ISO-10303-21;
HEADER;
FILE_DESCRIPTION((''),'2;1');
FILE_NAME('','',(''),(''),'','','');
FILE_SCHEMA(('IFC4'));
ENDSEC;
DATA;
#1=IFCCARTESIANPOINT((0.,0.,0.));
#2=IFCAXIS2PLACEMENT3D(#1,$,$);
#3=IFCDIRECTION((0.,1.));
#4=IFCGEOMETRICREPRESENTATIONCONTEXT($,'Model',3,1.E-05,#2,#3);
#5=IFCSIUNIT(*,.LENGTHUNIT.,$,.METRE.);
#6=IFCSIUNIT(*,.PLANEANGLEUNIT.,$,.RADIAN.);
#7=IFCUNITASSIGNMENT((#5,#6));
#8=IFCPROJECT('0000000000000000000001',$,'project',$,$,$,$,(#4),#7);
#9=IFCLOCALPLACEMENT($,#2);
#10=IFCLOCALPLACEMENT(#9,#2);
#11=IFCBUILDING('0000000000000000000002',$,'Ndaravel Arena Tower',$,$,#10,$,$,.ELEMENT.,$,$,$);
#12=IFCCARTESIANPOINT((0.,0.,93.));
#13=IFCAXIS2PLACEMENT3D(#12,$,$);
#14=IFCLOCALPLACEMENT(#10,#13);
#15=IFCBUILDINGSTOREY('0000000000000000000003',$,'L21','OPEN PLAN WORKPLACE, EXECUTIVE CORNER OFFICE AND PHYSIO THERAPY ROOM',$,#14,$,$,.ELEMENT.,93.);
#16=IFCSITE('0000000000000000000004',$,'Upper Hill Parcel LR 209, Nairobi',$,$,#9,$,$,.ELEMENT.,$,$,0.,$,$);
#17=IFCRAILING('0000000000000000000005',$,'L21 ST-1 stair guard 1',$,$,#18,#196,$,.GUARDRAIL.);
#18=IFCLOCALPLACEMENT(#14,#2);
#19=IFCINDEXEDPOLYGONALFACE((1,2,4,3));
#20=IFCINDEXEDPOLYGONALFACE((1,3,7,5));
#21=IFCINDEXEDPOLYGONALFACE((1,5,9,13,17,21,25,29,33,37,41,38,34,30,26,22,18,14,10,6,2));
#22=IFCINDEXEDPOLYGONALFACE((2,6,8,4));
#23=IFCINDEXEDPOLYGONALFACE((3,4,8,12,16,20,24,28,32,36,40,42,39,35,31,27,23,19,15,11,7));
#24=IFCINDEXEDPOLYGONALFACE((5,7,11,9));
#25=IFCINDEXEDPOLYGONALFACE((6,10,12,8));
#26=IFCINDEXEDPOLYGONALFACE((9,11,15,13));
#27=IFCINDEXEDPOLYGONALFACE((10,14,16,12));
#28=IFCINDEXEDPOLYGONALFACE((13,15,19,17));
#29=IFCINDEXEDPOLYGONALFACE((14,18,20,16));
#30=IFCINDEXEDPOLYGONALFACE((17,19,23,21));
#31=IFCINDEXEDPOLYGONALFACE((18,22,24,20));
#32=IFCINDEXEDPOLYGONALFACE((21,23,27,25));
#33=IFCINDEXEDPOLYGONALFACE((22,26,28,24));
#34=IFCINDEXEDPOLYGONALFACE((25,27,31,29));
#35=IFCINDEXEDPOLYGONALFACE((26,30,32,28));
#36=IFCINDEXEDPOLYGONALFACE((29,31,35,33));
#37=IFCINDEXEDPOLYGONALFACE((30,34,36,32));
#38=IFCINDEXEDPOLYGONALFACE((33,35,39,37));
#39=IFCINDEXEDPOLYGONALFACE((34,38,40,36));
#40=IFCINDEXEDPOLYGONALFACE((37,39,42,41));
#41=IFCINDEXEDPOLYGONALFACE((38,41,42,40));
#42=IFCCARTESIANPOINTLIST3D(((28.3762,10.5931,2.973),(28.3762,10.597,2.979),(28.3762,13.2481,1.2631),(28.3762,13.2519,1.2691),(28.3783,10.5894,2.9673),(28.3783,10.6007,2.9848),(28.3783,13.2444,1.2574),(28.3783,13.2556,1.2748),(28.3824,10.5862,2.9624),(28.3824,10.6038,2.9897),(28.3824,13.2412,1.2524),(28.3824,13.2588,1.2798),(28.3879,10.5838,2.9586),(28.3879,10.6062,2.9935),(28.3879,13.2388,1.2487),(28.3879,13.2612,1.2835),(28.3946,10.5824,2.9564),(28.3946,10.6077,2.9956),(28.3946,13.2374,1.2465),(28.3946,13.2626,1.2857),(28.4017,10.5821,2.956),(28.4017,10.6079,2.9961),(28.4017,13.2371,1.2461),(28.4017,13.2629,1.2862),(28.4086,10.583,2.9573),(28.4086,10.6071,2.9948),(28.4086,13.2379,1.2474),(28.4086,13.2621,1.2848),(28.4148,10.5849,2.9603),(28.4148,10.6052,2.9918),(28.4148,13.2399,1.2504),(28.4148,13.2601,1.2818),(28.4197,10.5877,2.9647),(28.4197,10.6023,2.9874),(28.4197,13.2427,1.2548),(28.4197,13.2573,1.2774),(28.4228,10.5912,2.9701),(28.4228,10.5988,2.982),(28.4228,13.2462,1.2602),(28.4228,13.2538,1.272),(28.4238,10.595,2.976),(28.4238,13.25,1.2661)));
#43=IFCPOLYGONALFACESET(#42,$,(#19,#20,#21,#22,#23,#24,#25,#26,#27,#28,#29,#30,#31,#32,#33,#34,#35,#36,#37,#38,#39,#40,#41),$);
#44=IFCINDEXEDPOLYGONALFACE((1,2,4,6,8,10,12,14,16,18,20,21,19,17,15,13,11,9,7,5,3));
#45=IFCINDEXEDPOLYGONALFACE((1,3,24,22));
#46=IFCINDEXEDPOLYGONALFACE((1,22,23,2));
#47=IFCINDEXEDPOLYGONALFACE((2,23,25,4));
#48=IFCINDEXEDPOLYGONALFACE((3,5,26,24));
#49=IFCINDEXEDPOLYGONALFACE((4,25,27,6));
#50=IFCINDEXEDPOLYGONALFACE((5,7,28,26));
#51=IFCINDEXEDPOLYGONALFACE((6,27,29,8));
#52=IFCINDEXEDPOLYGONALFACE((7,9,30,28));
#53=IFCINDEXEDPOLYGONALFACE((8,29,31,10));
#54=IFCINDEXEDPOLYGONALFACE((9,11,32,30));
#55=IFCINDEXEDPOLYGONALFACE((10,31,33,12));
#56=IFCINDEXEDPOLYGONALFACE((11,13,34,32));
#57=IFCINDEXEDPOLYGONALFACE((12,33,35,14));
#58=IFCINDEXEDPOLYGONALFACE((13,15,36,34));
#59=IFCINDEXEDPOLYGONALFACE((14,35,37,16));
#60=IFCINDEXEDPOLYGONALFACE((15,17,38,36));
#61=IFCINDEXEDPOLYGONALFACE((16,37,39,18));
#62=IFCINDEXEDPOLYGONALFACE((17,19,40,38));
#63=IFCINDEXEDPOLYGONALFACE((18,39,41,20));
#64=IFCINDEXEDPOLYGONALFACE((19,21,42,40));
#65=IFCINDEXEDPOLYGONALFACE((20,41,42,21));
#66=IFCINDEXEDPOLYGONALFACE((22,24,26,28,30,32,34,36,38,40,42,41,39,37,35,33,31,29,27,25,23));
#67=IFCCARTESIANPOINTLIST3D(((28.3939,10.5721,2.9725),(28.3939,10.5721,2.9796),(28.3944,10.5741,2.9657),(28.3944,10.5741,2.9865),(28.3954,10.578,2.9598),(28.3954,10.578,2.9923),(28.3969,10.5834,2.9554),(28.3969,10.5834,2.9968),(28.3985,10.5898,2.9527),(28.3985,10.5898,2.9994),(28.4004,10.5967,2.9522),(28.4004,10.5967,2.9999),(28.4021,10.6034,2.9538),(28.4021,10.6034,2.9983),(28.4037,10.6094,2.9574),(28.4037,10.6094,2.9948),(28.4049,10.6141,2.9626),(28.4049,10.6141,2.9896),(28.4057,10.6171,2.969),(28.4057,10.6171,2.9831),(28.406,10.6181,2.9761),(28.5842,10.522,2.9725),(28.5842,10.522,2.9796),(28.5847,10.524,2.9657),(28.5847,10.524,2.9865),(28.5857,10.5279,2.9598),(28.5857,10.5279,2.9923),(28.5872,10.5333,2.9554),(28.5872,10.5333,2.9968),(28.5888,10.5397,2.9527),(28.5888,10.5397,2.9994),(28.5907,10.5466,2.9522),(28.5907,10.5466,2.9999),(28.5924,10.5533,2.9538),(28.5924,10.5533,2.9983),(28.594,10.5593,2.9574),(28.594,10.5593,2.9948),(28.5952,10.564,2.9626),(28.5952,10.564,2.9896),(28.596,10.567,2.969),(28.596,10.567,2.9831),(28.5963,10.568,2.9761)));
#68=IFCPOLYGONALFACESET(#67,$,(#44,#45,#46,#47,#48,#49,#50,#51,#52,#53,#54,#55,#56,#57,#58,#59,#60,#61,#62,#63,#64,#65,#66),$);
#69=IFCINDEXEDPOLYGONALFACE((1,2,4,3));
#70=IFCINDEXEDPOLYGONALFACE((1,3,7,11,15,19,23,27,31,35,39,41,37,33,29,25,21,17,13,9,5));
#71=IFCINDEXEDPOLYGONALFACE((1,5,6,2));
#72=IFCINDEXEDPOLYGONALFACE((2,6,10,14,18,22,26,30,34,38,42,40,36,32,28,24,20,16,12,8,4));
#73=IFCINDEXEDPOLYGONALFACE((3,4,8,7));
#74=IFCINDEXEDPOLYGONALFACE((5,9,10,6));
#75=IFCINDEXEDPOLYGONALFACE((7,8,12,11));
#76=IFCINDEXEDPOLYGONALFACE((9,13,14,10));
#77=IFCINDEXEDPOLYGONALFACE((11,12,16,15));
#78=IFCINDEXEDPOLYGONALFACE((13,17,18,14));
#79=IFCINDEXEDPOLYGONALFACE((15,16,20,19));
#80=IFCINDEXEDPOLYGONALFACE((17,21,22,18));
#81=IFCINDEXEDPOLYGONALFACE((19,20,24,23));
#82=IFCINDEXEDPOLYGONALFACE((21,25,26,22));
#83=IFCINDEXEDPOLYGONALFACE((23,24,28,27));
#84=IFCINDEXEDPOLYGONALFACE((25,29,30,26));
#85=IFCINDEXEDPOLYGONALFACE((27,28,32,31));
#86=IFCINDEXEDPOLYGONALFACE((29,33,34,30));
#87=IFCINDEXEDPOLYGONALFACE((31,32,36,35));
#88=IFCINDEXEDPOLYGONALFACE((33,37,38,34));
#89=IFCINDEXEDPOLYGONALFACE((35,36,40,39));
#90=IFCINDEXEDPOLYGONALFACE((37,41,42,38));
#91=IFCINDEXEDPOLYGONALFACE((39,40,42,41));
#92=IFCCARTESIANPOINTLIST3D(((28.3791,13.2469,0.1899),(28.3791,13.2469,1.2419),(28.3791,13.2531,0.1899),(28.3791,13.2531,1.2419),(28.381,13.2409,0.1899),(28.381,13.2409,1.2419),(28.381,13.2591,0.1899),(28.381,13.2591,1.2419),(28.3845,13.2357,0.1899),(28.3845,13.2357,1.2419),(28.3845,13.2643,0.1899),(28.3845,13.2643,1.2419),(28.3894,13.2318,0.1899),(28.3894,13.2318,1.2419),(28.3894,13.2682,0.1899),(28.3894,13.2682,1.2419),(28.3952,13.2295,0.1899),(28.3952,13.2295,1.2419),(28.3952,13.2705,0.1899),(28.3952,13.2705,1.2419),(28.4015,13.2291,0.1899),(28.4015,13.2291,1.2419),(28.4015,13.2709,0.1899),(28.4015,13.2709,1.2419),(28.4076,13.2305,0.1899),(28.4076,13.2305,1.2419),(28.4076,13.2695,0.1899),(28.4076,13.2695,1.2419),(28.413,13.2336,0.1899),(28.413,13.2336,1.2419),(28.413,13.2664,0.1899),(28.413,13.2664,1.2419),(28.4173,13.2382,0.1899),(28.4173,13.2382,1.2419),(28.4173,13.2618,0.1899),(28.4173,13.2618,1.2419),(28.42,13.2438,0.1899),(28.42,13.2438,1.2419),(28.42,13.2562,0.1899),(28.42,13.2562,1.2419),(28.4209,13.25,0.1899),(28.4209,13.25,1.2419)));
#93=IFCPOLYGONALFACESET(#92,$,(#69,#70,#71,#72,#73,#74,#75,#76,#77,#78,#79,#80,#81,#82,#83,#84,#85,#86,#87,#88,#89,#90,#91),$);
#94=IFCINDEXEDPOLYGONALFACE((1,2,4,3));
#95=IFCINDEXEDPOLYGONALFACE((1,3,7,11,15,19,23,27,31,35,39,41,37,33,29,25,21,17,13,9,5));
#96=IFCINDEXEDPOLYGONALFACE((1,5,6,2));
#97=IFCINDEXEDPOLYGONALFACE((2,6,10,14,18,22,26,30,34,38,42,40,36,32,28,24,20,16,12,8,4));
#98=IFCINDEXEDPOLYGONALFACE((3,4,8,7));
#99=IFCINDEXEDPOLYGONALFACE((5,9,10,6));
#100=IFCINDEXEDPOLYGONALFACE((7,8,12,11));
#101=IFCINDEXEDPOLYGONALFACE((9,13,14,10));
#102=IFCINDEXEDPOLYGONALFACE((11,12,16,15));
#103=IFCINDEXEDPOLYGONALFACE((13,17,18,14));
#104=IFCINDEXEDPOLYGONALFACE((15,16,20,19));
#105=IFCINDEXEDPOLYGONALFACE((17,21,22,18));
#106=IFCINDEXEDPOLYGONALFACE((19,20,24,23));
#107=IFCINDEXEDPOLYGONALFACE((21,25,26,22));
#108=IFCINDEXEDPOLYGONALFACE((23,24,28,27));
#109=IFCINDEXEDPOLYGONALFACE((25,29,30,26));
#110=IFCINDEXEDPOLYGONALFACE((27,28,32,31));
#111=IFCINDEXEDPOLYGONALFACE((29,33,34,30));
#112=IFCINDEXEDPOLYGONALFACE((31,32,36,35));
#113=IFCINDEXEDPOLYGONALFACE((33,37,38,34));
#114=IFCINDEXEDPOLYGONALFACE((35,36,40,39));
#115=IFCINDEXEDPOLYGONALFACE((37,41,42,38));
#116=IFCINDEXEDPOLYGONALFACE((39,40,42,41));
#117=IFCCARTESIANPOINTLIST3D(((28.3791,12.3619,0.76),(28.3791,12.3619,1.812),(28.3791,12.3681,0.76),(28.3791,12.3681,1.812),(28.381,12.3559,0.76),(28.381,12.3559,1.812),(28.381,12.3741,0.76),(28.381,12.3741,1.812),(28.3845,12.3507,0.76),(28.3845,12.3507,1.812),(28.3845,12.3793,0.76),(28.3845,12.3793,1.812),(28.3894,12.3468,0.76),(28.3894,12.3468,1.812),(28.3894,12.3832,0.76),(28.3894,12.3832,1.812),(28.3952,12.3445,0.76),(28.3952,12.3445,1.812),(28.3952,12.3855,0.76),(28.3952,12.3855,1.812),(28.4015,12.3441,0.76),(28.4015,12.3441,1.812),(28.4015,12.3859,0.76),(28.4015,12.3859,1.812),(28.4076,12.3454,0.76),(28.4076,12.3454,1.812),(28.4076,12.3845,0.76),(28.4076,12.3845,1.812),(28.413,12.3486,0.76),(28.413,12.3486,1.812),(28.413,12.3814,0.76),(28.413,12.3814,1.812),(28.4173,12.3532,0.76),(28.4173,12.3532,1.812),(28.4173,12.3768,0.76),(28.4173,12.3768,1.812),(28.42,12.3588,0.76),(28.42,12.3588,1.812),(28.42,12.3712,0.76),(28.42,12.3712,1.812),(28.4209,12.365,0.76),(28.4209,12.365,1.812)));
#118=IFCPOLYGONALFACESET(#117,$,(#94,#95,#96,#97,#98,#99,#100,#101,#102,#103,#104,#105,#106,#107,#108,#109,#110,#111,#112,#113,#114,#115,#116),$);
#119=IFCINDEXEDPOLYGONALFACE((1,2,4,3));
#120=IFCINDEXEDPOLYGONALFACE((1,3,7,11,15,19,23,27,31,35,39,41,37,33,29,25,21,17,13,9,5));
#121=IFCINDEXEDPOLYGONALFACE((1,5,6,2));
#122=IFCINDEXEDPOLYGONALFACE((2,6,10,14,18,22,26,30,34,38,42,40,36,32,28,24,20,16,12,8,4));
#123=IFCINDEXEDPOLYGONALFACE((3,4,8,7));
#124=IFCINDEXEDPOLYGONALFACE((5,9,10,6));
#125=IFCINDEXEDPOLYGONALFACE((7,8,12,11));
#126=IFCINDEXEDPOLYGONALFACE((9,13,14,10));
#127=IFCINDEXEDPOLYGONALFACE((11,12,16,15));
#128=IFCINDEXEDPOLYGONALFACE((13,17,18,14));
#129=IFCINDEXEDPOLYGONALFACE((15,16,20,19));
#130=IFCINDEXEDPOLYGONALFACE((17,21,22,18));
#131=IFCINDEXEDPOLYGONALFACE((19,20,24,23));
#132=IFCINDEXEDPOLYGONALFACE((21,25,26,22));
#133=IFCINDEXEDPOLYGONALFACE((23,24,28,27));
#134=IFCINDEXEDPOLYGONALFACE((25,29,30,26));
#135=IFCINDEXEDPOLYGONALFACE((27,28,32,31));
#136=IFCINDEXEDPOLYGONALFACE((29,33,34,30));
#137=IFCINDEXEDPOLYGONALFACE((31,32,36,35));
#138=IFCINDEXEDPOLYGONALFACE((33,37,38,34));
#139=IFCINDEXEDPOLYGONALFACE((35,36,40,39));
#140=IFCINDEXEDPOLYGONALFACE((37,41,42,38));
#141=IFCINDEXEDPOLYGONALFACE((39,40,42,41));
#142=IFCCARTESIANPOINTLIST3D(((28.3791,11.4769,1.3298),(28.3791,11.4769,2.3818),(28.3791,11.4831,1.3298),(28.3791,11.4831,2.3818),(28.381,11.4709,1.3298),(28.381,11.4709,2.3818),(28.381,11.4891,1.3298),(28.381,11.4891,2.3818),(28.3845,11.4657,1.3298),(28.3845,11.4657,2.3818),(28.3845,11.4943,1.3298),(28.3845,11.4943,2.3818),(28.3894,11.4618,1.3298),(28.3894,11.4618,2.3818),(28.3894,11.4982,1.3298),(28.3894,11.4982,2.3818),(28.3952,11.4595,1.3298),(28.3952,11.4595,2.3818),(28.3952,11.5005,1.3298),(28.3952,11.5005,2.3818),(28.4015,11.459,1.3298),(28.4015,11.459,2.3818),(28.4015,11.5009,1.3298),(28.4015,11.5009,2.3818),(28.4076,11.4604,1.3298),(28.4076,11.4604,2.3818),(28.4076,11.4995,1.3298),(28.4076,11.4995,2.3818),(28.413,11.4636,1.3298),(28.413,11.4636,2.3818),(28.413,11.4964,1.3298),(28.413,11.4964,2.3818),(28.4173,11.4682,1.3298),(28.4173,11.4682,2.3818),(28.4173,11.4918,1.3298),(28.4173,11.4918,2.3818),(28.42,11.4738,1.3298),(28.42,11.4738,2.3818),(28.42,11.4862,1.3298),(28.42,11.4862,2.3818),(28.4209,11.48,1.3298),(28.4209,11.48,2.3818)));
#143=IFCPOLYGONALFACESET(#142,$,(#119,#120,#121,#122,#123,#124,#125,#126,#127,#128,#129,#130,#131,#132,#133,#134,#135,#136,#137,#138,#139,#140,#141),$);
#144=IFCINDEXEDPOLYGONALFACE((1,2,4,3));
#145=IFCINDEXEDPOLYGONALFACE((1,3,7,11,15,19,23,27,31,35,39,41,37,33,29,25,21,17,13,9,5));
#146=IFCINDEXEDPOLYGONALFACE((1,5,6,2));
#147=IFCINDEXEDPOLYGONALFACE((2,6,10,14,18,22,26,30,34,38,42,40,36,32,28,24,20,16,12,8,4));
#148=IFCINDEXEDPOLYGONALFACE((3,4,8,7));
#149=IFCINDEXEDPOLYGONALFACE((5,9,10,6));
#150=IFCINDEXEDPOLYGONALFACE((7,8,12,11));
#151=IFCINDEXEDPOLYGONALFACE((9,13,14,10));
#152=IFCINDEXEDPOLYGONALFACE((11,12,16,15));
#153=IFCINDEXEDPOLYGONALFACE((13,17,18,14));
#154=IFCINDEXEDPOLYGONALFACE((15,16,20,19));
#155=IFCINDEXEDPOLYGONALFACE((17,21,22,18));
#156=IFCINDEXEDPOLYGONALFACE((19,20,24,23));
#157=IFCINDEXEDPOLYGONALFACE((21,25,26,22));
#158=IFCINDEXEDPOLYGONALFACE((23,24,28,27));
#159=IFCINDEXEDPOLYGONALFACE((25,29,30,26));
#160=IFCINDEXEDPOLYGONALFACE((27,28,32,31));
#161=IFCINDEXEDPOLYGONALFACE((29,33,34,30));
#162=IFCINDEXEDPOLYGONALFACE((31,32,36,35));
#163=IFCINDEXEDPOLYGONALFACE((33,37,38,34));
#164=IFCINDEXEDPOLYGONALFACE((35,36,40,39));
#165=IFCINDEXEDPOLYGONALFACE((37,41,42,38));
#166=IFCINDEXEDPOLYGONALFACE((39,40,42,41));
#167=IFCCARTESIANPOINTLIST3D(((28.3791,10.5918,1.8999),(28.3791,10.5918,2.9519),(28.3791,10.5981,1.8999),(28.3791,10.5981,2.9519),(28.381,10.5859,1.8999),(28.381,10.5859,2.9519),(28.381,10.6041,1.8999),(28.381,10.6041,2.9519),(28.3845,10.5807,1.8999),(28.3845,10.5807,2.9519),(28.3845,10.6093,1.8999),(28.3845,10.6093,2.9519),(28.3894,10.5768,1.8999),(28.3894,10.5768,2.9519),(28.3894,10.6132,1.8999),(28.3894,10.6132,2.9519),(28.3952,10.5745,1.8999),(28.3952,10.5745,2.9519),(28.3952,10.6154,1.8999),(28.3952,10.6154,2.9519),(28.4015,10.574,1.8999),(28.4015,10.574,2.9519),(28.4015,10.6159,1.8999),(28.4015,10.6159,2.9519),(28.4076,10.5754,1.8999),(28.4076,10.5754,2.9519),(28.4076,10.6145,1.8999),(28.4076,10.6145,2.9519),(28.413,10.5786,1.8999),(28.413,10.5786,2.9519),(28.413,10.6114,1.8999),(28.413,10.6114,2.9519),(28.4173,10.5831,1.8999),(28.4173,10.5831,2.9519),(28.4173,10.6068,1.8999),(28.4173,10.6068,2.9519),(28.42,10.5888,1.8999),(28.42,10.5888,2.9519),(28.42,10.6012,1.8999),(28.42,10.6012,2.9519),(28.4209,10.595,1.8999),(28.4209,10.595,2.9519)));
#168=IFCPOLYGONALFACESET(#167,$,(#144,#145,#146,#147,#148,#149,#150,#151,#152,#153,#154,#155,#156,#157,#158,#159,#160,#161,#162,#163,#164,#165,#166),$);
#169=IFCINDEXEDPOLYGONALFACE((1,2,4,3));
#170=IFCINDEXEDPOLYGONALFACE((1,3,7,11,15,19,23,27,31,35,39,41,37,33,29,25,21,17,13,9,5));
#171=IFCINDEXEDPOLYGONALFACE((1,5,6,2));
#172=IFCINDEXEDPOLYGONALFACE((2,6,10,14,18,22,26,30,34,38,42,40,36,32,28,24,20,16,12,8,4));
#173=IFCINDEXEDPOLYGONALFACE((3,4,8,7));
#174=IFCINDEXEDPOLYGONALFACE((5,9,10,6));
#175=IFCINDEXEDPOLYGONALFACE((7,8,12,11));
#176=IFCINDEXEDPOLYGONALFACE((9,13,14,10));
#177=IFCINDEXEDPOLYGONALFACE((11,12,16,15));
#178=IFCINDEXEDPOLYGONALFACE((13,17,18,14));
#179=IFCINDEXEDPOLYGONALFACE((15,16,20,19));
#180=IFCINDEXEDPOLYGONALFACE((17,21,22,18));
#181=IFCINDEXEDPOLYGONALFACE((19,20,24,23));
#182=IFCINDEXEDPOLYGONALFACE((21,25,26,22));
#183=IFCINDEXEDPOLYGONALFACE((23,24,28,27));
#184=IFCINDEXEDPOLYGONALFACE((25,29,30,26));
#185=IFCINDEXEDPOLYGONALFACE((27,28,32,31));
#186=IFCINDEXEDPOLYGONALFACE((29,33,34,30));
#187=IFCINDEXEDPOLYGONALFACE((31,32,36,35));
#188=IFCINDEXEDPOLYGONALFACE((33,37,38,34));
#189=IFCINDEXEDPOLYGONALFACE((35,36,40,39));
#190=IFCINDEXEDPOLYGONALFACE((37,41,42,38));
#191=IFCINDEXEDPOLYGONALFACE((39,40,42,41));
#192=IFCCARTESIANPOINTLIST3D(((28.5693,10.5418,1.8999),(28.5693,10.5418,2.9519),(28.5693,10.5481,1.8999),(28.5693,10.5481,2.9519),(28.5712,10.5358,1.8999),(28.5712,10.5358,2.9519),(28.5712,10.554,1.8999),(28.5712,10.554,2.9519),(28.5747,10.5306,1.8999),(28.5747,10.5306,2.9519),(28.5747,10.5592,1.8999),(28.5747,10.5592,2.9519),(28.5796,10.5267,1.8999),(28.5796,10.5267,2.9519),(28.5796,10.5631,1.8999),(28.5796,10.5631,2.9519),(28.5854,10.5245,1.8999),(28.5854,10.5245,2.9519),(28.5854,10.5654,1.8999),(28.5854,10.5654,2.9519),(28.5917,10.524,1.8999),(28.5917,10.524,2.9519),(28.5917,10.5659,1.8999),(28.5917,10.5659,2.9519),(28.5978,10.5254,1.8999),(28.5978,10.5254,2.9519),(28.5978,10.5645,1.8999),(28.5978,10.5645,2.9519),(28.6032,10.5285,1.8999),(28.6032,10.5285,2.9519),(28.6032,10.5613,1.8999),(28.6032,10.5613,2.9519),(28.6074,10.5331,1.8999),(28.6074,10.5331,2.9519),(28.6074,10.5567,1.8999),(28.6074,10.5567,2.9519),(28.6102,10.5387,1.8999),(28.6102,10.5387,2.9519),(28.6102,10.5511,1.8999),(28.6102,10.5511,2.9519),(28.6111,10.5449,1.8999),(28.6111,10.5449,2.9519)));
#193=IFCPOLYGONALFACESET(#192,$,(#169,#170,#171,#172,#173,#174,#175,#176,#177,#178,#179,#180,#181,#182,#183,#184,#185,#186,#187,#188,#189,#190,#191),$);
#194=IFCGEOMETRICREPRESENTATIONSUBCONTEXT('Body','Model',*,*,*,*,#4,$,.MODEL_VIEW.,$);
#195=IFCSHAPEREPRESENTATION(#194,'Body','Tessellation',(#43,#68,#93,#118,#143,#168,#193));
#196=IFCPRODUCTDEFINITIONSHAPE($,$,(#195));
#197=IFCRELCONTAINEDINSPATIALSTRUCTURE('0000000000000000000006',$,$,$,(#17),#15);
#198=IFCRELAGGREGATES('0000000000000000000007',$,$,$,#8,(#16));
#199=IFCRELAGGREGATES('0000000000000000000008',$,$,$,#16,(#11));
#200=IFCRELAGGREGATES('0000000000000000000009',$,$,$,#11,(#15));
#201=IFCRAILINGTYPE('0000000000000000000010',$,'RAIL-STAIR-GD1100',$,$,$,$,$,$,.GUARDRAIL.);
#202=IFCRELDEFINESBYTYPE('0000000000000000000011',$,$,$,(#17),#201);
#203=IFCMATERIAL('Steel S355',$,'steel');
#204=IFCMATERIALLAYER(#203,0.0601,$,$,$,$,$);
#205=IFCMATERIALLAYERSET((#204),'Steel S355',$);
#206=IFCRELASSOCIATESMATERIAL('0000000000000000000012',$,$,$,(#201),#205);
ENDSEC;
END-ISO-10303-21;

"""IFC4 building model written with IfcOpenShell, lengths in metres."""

from ifc_helpers import new_model, si_unit, direction, frame, origin, origin_2d, place, context, subcontext, project, spatial, circle, extrude, material, layer, layer_set, type_object, element, save


model = new_model("IFC4")

# Units and contexts
model_context = context("Model", 3, precision=1e-05, world=origin(), true_north=direction((0.0, 1.0)))
body_context = subcontext(model_context, "Body", "Model", "MODEL_VIEW")
ifc_project = project(units=[si_unit("LENGTHUNIT", "METRE"), si_unit("PLANEANGLEUNIT", "RADIAN")], contexts=[model_context])

# Site, building, storey
site_placement = place(None, origin())
site = spatial("IfcSite", under=ifc_project, at=site_placement, Name="Upper Hill Parcel LR 209, Nairobi", CompositionType="ELEMENT", RefElevation=0.0)
building_placement = place(site_placement, origin())
building = spatial("IfcBuilding", under=site, at=building_placement, Name="Ndaravel Arena Tower", CompositionType="ELEMENT")
storey_placement = place(building_placement, frame((0.0, 0.0, 93.0)))
storey = spatial("IfcBuildingStorey", under=building, at=storey_placement, Name="L21", Description="OPEN PLAN WORKPLACE, EXECUTIVE CORNER OFFICE AND PHYSIO THERAPY ROOM", CompositionType="ELEMENT", Elevation=93.0)

# Railing
ifc_material_1 = material(Name="Steel S355", Category="steel")
ifc_layer_1 = layer(ifc_material_1, 0.0601)
ifc_layer_set_1 = layer_set([ifc_layer_1], Name="Steel S355")
railing_type_1 = type_object("IfcRailingType", Name="RAIL-STAIR-GD1100", PredefinedType="GUARDRAIL", material=ifc_layer_set_1)
railing_1_placement = place(storey_placement, frame((28.3999, 13.25, 0.1899)))
element("IfcRailing", 1, at=railing_1_placement, inside=storey, type_object=railing_type_1, Name="L21 ST-1 stair guard 1", PredefinedType="GUARDRAIL", context=body_context, shape_type="SweptSolid", body=[
    extrude(circle(Radius=0.0239, at=origin_2d()), frame((0.0, 0.0, 1.0762), z_axis=(0.0, -0.840724, 0.541465), x_axis=(1.0, 0.0, 0.0)), (0.0, 0.0, 1.0), 3.158),
    extrude(circle(Radius=0.0239, at=origin_2d()), frame((0.0, -2.655, 2.7861), z_axis=(0.967075, -0.254493, 0.0), x_axis=(0.254493, 0.967075, 0.0)), (0.0, 0.0, 1.0), 0.1968),
    extrude(circle(Radius=0.021, at=origin_2d()), origin(), (0.0, 0.0, 1.0), 1.052),
    extrude(circle(Radius=0.021, at=origin_2d()), frame((0.0, -0.885, 0.5701)), (0.0, 0.0, 1.0), 1.052),
    extrude(circle(Radius=0.021, at=origin_2d()), frame((0.0, -1.77, 1.1399)), (0.0, 0.0, 1.0), 1.052),
    extrude(circle(Radius=0.021, at=origin_2d()), frame((0.0, -2.655, 1.71)), (0.0, 0.0, 1.0), 1.052),
    extrude(circle(Radius=0.021, at=origin_2d()), frame((0.1902, -2.7051, 1.71)), (0.0, 0.0, 1.0), 1.052),
])

save(model, "model.ifc")
